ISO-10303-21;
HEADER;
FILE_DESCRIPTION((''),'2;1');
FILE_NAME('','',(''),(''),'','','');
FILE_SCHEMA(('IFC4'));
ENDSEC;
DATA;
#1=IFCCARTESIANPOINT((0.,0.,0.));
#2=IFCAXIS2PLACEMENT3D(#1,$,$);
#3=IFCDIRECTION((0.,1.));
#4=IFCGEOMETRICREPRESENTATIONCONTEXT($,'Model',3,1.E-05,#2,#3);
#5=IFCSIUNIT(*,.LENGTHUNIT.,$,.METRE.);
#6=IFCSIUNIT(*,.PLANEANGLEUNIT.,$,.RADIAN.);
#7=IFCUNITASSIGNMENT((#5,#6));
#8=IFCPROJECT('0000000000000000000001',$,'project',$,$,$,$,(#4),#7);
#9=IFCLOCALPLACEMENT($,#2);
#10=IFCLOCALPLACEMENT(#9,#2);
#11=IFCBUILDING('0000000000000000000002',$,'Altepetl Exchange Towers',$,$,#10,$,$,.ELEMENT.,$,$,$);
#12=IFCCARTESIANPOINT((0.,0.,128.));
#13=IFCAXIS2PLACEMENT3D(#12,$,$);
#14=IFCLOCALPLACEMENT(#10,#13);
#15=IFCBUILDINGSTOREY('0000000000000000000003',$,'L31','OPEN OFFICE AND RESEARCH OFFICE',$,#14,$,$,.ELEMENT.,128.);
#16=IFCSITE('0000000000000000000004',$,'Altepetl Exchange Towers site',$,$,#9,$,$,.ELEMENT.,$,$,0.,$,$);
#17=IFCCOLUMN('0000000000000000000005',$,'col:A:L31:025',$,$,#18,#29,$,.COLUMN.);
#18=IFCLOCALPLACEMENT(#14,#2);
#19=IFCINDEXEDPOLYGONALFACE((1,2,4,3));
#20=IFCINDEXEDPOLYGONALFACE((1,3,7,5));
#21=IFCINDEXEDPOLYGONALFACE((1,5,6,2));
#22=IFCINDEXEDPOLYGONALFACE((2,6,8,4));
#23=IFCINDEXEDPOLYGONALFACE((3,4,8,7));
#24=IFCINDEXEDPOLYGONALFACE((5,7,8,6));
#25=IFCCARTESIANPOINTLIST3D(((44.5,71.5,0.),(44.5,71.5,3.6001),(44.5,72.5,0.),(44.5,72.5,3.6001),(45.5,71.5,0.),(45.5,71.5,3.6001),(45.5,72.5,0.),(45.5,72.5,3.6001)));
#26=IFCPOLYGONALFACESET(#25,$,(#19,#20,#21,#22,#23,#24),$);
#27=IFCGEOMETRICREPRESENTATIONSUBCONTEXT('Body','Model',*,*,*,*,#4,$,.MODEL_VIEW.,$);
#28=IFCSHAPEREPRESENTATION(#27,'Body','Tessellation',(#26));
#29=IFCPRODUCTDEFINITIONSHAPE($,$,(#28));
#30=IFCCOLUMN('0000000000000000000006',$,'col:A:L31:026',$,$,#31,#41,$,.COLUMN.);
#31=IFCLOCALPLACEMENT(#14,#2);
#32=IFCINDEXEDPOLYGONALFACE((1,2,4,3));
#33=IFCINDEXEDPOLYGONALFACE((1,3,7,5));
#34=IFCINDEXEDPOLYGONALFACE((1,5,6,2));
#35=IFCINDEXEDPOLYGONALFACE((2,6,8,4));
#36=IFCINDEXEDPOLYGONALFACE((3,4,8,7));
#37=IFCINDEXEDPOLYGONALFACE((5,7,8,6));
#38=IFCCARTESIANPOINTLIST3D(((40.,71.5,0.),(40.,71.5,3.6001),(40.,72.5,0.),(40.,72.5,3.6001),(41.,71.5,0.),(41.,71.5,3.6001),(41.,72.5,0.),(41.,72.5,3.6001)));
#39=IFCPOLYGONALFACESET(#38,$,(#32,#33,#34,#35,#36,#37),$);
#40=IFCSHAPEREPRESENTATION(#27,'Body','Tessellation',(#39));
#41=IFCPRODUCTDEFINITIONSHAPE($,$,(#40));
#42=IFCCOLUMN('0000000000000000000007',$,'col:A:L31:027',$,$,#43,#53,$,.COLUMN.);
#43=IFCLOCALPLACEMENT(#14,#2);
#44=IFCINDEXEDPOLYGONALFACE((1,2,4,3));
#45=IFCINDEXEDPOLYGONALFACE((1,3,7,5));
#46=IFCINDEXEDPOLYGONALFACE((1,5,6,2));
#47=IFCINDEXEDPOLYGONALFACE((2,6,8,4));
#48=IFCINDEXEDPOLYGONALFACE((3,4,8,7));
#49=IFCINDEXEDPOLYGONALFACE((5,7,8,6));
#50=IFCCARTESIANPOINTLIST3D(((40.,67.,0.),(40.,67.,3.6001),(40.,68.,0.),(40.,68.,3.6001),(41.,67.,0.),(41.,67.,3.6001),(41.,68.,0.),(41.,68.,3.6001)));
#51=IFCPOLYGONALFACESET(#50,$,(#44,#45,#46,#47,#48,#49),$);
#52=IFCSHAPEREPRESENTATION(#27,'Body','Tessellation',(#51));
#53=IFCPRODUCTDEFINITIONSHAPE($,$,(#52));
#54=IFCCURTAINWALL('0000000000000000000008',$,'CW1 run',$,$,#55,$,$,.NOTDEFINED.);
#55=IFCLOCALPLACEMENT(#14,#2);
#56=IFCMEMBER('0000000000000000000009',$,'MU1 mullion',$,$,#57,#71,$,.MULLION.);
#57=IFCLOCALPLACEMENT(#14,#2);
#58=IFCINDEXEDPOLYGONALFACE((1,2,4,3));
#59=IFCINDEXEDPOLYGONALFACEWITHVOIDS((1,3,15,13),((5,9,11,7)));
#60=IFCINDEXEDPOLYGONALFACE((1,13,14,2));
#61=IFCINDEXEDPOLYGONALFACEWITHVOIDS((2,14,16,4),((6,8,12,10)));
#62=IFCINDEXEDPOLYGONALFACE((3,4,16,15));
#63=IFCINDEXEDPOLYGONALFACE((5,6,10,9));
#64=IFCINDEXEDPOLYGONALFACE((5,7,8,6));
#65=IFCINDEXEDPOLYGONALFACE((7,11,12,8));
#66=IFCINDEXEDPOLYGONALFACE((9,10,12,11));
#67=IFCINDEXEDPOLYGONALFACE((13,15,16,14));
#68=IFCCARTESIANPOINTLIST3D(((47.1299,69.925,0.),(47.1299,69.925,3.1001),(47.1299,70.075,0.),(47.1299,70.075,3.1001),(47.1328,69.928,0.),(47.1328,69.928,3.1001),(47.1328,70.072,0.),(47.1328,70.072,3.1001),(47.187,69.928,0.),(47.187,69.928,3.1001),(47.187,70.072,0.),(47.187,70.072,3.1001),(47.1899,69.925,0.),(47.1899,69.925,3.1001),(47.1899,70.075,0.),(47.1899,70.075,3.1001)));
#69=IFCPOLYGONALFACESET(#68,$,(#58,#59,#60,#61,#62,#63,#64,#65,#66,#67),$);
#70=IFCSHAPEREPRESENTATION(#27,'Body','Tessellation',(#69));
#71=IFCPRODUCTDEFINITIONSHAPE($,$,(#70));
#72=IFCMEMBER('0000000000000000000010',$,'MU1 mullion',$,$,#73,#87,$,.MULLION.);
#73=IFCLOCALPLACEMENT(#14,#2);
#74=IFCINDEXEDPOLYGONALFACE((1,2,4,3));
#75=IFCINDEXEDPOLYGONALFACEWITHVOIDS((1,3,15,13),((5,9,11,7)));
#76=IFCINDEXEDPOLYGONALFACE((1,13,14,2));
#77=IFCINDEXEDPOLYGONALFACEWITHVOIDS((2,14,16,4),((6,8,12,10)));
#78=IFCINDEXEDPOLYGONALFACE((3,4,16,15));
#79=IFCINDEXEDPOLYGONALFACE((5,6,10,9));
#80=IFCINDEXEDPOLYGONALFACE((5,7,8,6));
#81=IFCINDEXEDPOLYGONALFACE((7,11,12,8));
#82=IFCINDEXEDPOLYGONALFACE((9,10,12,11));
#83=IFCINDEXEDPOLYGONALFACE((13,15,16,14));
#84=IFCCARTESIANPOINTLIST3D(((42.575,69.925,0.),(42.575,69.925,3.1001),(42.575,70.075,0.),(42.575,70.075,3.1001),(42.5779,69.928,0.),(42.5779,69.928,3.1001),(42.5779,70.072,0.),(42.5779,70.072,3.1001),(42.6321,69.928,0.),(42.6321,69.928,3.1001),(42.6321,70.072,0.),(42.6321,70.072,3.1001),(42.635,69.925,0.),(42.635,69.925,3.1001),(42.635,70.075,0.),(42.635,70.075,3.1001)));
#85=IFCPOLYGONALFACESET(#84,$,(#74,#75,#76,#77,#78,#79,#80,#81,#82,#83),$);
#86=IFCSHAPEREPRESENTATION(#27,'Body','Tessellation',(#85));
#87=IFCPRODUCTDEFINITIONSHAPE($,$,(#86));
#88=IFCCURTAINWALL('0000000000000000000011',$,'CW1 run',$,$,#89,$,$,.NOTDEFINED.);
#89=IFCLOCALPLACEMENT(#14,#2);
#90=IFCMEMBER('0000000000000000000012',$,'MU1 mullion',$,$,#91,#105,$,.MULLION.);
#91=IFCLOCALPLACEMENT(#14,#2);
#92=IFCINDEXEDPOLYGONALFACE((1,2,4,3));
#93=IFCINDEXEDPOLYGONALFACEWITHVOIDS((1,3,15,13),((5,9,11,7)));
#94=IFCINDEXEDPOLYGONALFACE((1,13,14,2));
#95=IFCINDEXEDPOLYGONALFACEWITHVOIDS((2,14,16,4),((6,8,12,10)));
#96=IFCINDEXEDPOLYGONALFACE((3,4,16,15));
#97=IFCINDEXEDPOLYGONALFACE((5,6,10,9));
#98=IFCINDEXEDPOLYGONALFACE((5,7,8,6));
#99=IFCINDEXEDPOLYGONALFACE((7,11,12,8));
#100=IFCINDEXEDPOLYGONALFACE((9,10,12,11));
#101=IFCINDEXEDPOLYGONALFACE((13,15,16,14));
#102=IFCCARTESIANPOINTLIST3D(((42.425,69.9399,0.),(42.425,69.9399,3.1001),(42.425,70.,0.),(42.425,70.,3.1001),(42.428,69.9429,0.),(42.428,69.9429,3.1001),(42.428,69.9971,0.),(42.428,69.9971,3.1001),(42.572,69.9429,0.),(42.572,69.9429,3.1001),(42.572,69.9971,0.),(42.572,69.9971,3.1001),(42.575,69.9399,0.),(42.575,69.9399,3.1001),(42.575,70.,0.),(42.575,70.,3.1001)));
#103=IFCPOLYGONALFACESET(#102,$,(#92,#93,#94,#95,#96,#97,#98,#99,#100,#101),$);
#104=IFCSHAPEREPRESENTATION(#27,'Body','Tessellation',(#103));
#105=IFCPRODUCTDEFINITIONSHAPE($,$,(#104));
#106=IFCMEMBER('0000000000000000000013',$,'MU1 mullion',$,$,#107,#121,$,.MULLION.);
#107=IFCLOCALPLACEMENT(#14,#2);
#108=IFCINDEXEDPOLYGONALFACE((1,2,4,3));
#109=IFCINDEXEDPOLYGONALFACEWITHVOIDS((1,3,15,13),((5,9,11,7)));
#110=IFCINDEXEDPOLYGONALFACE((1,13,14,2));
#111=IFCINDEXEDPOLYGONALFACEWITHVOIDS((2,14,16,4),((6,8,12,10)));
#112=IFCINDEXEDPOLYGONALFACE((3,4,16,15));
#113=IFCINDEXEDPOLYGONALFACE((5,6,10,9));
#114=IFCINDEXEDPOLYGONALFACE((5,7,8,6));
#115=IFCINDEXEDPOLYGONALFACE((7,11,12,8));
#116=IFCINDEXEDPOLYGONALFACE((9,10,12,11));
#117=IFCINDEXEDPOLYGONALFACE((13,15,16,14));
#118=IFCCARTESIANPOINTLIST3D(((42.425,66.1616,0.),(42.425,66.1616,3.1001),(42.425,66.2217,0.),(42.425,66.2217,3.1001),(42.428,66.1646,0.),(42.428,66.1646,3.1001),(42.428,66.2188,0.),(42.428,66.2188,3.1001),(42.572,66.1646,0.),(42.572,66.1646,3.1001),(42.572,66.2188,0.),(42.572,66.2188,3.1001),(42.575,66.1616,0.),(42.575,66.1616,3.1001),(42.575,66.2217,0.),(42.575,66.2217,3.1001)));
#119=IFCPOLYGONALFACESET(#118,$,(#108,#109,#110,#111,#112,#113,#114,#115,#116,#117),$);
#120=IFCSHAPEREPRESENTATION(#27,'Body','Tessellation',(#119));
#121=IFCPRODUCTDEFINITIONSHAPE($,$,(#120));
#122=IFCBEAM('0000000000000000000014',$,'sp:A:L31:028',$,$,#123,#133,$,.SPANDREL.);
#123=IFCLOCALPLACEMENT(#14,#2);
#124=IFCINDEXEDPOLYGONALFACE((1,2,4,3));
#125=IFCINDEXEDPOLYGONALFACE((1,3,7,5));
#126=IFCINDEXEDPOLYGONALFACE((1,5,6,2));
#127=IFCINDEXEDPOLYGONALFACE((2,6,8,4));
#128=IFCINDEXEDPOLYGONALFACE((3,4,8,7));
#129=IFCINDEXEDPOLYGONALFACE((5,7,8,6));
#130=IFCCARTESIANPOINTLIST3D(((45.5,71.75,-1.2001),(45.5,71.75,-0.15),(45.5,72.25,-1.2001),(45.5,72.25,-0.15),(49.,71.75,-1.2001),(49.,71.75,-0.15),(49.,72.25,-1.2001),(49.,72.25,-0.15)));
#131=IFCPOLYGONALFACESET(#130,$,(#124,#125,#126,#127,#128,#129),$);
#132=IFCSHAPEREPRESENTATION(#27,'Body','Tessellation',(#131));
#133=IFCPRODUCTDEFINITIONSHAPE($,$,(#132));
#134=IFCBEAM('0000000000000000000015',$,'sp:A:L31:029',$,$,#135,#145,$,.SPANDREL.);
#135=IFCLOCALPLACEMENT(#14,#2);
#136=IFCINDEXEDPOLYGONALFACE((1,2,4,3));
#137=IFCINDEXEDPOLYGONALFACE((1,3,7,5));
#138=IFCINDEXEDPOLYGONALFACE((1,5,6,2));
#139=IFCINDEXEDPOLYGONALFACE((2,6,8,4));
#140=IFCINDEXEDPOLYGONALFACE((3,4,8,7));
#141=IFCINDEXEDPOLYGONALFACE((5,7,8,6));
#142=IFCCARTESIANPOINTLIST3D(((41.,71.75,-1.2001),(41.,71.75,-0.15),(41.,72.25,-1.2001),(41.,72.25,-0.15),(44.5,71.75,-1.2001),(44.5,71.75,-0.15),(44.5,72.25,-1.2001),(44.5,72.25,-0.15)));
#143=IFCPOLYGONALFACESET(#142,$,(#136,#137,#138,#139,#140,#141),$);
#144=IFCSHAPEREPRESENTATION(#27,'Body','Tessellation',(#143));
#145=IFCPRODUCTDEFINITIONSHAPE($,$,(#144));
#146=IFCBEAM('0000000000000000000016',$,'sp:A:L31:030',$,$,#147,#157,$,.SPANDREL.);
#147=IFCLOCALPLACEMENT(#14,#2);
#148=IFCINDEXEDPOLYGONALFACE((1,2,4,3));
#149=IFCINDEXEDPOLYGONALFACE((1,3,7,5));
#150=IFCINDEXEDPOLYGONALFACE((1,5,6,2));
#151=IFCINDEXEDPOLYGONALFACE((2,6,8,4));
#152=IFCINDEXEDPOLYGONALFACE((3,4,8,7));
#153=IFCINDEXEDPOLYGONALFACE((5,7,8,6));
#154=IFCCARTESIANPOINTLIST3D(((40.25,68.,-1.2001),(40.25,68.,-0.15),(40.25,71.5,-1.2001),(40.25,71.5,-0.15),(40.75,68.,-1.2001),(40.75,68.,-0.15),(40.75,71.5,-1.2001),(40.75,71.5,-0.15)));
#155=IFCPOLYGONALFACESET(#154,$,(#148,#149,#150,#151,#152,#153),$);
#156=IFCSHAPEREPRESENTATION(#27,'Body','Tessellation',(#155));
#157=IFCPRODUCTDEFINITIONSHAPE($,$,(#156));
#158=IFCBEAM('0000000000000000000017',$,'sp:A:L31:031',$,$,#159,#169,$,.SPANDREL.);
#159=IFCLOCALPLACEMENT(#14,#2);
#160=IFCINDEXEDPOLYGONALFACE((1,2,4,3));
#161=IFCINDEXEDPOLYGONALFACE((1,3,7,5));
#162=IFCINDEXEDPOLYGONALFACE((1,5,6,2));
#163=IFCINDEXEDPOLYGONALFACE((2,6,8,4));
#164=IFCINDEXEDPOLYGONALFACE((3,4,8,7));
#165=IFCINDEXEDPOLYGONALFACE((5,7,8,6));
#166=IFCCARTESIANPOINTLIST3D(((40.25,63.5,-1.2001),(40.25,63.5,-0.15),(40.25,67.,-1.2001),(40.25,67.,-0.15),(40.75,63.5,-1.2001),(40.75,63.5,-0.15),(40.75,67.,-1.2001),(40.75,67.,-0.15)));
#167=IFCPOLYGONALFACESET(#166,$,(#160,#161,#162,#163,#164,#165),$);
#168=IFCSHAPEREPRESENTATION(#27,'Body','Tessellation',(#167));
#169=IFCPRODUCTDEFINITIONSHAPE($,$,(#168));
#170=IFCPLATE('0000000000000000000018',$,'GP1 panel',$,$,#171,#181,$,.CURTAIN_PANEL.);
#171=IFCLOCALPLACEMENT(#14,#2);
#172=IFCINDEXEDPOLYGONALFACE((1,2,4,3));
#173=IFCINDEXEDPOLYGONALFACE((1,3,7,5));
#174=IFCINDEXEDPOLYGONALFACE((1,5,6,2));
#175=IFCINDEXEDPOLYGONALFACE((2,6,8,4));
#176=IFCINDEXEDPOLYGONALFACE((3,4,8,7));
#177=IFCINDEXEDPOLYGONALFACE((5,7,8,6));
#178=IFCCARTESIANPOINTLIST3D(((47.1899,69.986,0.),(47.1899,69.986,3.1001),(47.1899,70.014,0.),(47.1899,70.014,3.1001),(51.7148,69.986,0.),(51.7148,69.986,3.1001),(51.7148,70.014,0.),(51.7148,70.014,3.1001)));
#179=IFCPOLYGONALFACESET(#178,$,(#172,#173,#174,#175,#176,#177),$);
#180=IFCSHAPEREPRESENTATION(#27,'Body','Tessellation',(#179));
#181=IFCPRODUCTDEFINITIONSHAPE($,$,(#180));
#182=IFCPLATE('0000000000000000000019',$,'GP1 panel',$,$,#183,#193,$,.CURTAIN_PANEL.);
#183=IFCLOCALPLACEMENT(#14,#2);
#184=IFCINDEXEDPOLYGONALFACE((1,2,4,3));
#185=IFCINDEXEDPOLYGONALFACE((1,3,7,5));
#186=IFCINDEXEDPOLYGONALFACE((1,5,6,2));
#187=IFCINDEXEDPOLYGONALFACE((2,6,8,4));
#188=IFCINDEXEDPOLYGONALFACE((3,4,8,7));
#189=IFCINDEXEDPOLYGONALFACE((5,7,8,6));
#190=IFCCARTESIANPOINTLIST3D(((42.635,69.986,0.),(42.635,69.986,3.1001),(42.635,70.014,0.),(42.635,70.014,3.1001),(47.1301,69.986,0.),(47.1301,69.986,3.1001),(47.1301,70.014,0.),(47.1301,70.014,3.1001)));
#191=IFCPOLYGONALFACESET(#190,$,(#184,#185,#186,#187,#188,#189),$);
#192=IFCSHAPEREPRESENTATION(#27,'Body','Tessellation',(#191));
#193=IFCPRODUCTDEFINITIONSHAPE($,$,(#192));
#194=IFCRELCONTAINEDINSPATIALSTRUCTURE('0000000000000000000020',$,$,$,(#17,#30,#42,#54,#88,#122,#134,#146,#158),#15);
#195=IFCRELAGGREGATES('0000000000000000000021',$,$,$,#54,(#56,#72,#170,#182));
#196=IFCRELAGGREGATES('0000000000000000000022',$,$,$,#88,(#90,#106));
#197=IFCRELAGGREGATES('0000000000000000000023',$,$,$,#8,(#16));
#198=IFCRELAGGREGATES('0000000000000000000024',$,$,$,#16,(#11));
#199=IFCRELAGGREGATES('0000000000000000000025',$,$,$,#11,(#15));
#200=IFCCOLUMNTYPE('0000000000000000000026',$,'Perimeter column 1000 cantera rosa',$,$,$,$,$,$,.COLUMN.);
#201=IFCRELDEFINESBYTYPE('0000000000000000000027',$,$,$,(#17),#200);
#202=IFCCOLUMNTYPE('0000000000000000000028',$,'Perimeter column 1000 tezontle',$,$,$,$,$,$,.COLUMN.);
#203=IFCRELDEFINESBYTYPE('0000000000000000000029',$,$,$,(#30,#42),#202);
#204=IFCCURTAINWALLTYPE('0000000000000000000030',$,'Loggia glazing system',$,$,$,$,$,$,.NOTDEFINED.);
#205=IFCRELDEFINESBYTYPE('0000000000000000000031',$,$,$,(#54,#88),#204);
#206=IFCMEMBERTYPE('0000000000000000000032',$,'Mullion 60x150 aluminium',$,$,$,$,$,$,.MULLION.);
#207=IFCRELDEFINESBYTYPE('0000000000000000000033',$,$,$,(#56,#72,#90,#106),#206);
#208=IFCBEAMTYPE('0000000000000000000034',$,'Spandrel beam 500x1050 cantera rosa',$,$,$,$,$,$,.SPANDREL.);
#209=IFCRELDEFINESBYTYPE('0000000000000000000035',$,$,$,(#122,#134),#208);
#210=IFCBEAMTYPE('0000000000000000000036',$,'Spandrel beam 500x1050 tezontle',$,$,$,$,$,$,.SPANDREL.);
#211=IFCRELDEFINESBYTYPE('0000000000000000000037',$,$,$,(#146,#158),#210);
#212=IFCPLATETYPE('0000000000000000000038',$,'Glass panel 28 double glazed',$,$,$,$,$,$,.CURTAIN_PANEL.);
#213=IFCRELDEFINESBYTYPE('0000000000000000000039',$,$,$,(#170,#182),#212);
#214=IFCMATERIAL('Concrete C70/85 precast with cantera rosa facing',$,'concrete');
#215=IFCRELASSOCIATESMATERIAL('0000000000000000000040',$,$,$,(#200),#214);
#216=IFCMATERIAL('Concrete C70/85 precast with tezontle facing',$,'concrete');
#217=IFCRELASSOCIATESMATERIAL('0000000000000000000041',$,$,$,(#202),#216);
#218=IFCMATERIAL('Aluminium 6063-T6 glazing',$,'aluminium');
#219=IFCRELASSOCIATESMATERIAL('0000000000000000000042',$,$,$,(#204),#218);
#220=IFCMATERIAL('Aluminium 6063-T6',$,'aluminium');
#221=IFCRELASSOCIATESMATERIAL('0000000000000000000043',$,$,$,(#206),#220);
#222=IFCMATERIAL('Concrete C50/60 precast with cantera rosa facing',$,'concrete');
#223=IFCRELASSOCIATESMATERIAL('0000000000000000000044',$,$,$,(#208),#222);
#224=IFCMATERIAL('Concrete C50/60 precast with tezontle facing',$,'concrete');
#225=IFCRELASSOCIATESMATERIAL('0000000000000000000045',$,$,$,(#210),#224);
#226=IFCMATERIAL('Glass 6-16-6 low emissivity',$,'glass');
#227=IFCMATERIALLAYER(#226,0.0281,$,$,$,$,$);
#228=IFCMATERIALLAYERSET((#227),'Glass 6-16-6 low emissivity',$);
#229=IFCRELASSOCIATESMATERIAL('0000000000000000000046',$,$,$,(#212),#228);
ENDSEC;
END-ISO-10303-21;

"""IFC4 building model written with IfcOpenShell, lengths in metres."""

from ifc_helpers import new_model, si_unit, direction, frame, origin, origin_2d, place, context, subcontext, project, spatial, rectangle, hollow_rectangle, extrude, material, layer, layer_set, material_profile, profile_set, type_object, element, aggregate, save


model = new_model("IFC4")

# Units and contexts
model_context = context("Model", 3, precision=1e-05, world=origin(), true_north=direction((0.0, 1.0)))
body_context = subcontext(model_context, "Body", "Model", "MODEL_VIEW")
ifc_project = project(units=[si_unit("LENGTHUNIT", "METRE"), si_unit("PLANEANGLEUNIT", "RADIAN")], contexts=[model_context])

# Site, building, storey
site_placement = place(None, origin())
site = spatial("IfcSite", under=ifc_project, at=site_placement, Name="Altepetl Exchange Towers site", CompositionType="ELEMENT", RefElevation=0.0)
building_placement = place(site_placement, origin())
building = spatial("IfcBuilding", under=site, at=building_placement, Name="Altepetl Exchange Towers", CompositionType="ELEMENT")
storey_placement = place(building_placement, frame((0.0, 0.0, 128.0)))
storey = spatial("IfcBuildingStorey", under=building, at=storey_placement, Name="L31", Description="OPEN OFFICE AND RESEARCH OFFICE", CompositionType="ELEMENT", Elevation=128.0)

# Columns
ifc_material_1 = material(Name="Concrete C70/85 precast with cantera rosa facing", Category="concrete")
ifc_material_profile_1 = material_profile(ifc_material_1, rectangle(XDim=1.0, YDim=1.0, at=origin_2d()), Name="1000 x 1000")
ifc_profile_set_1 = profile_set([ifc_material_profile_1], Name="Concrete C70/85 precast with cantera rosa facing")
column_type_1 = type_object("IfcColumnType", Name="Perimeter column 1000 cantera rosa", PredefinedType="COLUMN", material=ifc_profile_set_1)
column_placement = place(storey_placement, frame((45.0, 72.0, 0.0)))
element("IfcColumn", 1, at=column_placement, inside=storey, type_object=column_type_1, Name="col:A:L31:025", PredefinedType="COLUMN", context=body_context, shape_type="SweptSolid", body=[
    extrude(rectangle(XDim=1.0, YDim=1.0, at=origin_2d()), origin(), (0.0, 0.0, 1.0), 3.6001),
])
ifc_material_2 = material(Name="Concrete C70/85 precast with tezontle facing", Category="concrete")
ifc_material_profile_2 = material_profile(ifc_material_2, rectangle(XDim=1.0, YDim=1.0, at=origin_2d()), Name="1000 x 1000")
ifc_profile_set_2 = profile_set([ifc_material_profile_2], Name="Concrete C70/85 precast with tezontle facing")
column_type_2 = type_object("IfcColumnType", Name="Perimeter column 1000 tezontle", PredefinedType="COLUMN", material=ifc_profile_set_2)
for number, where, name in (
    (2, (40.5, 72.0, 0.0), "col:A:L31:026"),
    (3, (40.5, 67.5, 0.0), "col:A:L31:027"),
):
    element("IfcColumn", number, at=place(storey_placement, frame(where)), inside=storey, type_object=column_type_2, Name=name, PredefinedType="COLUMN", context=body_context, shape_type="SweptSolid", body=[
        extrude(rectangle(XDim=1.0, YDim=1.0, at=origin_2d()), origin(), (0.0, 0.0, 1.0), 3.6001),
    ])

# Curtain walls, members
ifc_material_3 = material(Name="Aluminium 6063-T6 glazing", Category="aluminium")
curtain_wall_type = type_object("IfcCurtainWallType", Name="Loggia glazing system", PredefinedType="NOTDEFINED", material=ifc_material_3)
curtain_wall_1_placement = place(storey_placement, origin())
curtain_wall_1 = element("IfcCurtainWall", 4, at=curtain_wall_1_placement, inside=storey, type_object=curtain_wall_type, Name="CW1 run", PredefinedType="NOTDEFINED")
ifc_material_4 = material(Name="Aluminium 6063-T6", Category="aluminium")
ifc_material_profile_3 = material_profile(ifc_material_4, hollow_rectangle(XDim=0.0601, YDim=0.1499, WallThickness=0.0029, at=origin_2d()), Name="Mullion 60x150 aluminium")
ifc_profile_set_3 = profile_set([ifc_material_profile_3], Name="Aluminium 6063-T6")
member_type = type_object("IfcMemberType", Name="Mullion 60x150 aluminium", PredefinedType="MULLION", material=ifc_profile_set_3)
member_1_placement = place(storey_placement, frame((47.1599, 70.0, 0.0), z_axis=(0.0, 0.0, 1.0), x_axis=(-1.0, 0.0, 0.0)))
member_1 = element("IfcMember", 5, at=member_1_placement, type_object=member_type, Name="MU1 mullion", PredefinedType="MULLION", context=body_context, shape_type="SweptSolid", body=[
    extrude(hollow_rectangle(XDim=0.0601, YDim=0.1499, WallThickness=0.0029, at=origin_2d()), origin(), (0.0, 0.0, 1.0), 3.1001),
])
member_2_placement = place(storey_placement, frame((42.605, 70.0, 0.0), z_axis=(0.0, 0.0, 1.0), x_axis=(-1.0, 0.0, 0.0)))
member_2 = element("IfcMember", 6, at=member_2_placement, type_object=member_type, Name="MU1 mullion", PredefinedType="MULLION", context=body_context, shape_type="SweptSolid", body=[
    extrude(hollow_rectangle(XDim=0.0601, YDim=0.1499, WallThickness=0.0029, at=origin_2d()), origin(), (0.0, 0.0, 1.0), 3.1001),
])
curtain_wall_2_placement = place(storey_placement, origin())
curtain_wall_2 = element("IfcCurtainWall", 7, at=curtain_wall_2_placement, inside=storey, type_object=curtain_wall_type, Name="CW1 run", PredefinedType="NOTDEFINED")
member_3_placement = place(storey_placement, frame((42.5, 69.97, 0.0), z_axis=(0.0, 0.0, 1.0), x_axis=(0.0, -1.0, 0.0)))
member_3 = element("IfcMember", 8, at=member_3_placement, type_object=member_type, Name="MU1 mullion", PredefinedType="MULLION", context=body_context, shape_type="SweptSolid", body=[
    extrude(hollow_rectangle(XDim=0.0601, YDim=0.1499, WallThickness=0.0029, at=origin_2d()), origin(), (0.0, 0.0, 1.0), 3.1001),
])
member_4_placement = place(storey_placement, frame((42.5, 66.1917, 0.0), z_axis=(0.0, 0.0, 1.0), x_axis=(0.0, -1.0, 0.0)))
member_4 = element("IfcMember", 9, at=member_4_placement, type_object=member_type, Name="MU1 mullion", PredefinedType="MULLION", context=body_context, shape_type="SweptSolid", body=[
    extrude(hollow_rectangle(XDim=0.0601, YDim=0.1499, WallThickness=0.0029, at=origin_2d()), origin(), (0.0, 0.0, 1.0), 3.1001),
])

# Beams
ifc_material_5 = material(Name="Concrete C50/60 precast with cantera rosa facing", Category="concrete")
ifc_material_profile_4 = material_profile(ifc_material_5, rectangle(XDim=0.5, YDim=1.05, at=origin_2d()), Name="500 x 1050")
ifc_profile_set_4 = profile_set([ifc_material_profile_4], Name="Concrete C50/60 precast with cantera rosa facing")
beam_type_1 = type_object("IfcBeamType", Name="Spandrel beam 500x1050 cantera rosa", PredefinedType="SPANDREL", material=ifc_profile_set_4)
for number, where, z_axis, x_axis, name in (
    (10, (49.0, 72.0, -0.675), (-1.0, 0.0, 0.0), (0.0, -1.0, 0.0), "sp:A:L31:028"),
    (11, (44.5, 72.0, -0.675), (-1.0, 0.0, 0.0), (0.0, -1.0, 0.0), "sp:A:L31:029"),
):
    element("IfcBeam", number, at=place(storey_placement, frame(where, z_axis=z_axis, x_axis=x_axis)), inside=storey, type_object=beam_type_1, Name=name, PredefinedType="SPANDREL", context=body_context, shape_type="SweptSolid", body=[
        extrude(rectangle(XDim=0.5, YDim=1.05, at=origin_2d()), origin(), (0.0, 0.0, 1.0), 3.5),
    ])
ifc_material_6 = material(Name="Concrete C50/60 precast with tezontle facing", Category="concrete")
ifc_material_profile_5 = material_profile(ifc_material_6, rectangle(XDim=0.5, YDim=1.05, at=origin_2d()), Name="500 x 1050")
ifc_profile_set_5 = profile_set([ifc_material_profile_5], Name="Concrete C50/60 precast with tezontle facing")
beam_type_2 = type_object("IfcBeamType", Name="Spandrel beam 500x1050 tezontle", PredefinedType="SPANDREL", material=ifc_profile_set_5)
for number, where, z_axis, x_axis, name in (
    (12, (40.5, 71.5, -0.675), (0.0, -1.0, 0.0), (1.0, 0.0, 0.0), "sp:A:L31:030"),
    (13, (40.5, 67.0, -0.675), (0.0, -1.0, 0.0), (1.0, 0.0, 0.0), "sp:A:L31:031"),
):
    element("IfcBeam", number, at=place(storey_placement, frame(where, z_axis=z_axis, x_axis=x_axis)), inside=storey, type_object=beam_type_2, Name=name, PredefinedType="SPANDREL", context=body_context, shape_type="SweptSolid", body=[
        extrude(rectangle(XDim=0.5, YDim=1.05, at=origin_2d()), origin(), (0.0, 0.0, 1.0), 3.5),
    ])

# Plates
ifc_material_7 = material(Name="Glass 6-16-6 low emissivity", Category="glass")
ifc_layer = layer(ifc_material_7, 0.0281)
ifc_layer_set = layer_set([ifc_layer], Name="Glass 6-16-6 low emissivity")
plate_type = type_object("IfcPlateType", Name="Glass panel 28 double glazed", PredefinedType="CURTAIN_PANEL", material=ifc_layer_set)
plate_1_placement = place(storey_placement, frame((49.4524, 70.0, 0.0), z_axis=(0.0, 0.0, 1.0), x_axis=(-1.0, 0.0, 0.0)))
plate_1 = element("IfcPlate", 14, at=plate_1_placement, type_object=plate_type, Name="GP1 panel", PredefinedType="CURTAIN_PANEL", context=body_context, shape_type="SweptSolid", body=[
    extrude(rectangle(XDim=4.5249, YDim=0.0281, at=origin_2d()), origin(), (0.0, 0.0, 1.0), 3.1001),
])
plate_2_placement = place(storey_placement, frame((44.8826, 70.0, 0.0), z_axis=(0.0, 0.0, 1.0), x_axis=(-1.0, 0.0, 0.0)))
plate_2 = element("IfcPlate", 15, at=plate_2_placement, type_object=plate_type, Name="GP1 panel", PredefinedType="CURTAIN_PANEL", context=body_context, shape_type="SweptSolid", body=[
    extrude(rectangle(XDim=4.4951, YDim=0.0281, at=origin_2d()), origin(), (0.0, 0.0, 1.0), 3.1001),
])
aggregate(curtain_wall_1, [member_1, member_2, plate_1, plate_2])
aggregate(curtain_wall_2, [member_3, member_4])

save(model, "model.ifc")
